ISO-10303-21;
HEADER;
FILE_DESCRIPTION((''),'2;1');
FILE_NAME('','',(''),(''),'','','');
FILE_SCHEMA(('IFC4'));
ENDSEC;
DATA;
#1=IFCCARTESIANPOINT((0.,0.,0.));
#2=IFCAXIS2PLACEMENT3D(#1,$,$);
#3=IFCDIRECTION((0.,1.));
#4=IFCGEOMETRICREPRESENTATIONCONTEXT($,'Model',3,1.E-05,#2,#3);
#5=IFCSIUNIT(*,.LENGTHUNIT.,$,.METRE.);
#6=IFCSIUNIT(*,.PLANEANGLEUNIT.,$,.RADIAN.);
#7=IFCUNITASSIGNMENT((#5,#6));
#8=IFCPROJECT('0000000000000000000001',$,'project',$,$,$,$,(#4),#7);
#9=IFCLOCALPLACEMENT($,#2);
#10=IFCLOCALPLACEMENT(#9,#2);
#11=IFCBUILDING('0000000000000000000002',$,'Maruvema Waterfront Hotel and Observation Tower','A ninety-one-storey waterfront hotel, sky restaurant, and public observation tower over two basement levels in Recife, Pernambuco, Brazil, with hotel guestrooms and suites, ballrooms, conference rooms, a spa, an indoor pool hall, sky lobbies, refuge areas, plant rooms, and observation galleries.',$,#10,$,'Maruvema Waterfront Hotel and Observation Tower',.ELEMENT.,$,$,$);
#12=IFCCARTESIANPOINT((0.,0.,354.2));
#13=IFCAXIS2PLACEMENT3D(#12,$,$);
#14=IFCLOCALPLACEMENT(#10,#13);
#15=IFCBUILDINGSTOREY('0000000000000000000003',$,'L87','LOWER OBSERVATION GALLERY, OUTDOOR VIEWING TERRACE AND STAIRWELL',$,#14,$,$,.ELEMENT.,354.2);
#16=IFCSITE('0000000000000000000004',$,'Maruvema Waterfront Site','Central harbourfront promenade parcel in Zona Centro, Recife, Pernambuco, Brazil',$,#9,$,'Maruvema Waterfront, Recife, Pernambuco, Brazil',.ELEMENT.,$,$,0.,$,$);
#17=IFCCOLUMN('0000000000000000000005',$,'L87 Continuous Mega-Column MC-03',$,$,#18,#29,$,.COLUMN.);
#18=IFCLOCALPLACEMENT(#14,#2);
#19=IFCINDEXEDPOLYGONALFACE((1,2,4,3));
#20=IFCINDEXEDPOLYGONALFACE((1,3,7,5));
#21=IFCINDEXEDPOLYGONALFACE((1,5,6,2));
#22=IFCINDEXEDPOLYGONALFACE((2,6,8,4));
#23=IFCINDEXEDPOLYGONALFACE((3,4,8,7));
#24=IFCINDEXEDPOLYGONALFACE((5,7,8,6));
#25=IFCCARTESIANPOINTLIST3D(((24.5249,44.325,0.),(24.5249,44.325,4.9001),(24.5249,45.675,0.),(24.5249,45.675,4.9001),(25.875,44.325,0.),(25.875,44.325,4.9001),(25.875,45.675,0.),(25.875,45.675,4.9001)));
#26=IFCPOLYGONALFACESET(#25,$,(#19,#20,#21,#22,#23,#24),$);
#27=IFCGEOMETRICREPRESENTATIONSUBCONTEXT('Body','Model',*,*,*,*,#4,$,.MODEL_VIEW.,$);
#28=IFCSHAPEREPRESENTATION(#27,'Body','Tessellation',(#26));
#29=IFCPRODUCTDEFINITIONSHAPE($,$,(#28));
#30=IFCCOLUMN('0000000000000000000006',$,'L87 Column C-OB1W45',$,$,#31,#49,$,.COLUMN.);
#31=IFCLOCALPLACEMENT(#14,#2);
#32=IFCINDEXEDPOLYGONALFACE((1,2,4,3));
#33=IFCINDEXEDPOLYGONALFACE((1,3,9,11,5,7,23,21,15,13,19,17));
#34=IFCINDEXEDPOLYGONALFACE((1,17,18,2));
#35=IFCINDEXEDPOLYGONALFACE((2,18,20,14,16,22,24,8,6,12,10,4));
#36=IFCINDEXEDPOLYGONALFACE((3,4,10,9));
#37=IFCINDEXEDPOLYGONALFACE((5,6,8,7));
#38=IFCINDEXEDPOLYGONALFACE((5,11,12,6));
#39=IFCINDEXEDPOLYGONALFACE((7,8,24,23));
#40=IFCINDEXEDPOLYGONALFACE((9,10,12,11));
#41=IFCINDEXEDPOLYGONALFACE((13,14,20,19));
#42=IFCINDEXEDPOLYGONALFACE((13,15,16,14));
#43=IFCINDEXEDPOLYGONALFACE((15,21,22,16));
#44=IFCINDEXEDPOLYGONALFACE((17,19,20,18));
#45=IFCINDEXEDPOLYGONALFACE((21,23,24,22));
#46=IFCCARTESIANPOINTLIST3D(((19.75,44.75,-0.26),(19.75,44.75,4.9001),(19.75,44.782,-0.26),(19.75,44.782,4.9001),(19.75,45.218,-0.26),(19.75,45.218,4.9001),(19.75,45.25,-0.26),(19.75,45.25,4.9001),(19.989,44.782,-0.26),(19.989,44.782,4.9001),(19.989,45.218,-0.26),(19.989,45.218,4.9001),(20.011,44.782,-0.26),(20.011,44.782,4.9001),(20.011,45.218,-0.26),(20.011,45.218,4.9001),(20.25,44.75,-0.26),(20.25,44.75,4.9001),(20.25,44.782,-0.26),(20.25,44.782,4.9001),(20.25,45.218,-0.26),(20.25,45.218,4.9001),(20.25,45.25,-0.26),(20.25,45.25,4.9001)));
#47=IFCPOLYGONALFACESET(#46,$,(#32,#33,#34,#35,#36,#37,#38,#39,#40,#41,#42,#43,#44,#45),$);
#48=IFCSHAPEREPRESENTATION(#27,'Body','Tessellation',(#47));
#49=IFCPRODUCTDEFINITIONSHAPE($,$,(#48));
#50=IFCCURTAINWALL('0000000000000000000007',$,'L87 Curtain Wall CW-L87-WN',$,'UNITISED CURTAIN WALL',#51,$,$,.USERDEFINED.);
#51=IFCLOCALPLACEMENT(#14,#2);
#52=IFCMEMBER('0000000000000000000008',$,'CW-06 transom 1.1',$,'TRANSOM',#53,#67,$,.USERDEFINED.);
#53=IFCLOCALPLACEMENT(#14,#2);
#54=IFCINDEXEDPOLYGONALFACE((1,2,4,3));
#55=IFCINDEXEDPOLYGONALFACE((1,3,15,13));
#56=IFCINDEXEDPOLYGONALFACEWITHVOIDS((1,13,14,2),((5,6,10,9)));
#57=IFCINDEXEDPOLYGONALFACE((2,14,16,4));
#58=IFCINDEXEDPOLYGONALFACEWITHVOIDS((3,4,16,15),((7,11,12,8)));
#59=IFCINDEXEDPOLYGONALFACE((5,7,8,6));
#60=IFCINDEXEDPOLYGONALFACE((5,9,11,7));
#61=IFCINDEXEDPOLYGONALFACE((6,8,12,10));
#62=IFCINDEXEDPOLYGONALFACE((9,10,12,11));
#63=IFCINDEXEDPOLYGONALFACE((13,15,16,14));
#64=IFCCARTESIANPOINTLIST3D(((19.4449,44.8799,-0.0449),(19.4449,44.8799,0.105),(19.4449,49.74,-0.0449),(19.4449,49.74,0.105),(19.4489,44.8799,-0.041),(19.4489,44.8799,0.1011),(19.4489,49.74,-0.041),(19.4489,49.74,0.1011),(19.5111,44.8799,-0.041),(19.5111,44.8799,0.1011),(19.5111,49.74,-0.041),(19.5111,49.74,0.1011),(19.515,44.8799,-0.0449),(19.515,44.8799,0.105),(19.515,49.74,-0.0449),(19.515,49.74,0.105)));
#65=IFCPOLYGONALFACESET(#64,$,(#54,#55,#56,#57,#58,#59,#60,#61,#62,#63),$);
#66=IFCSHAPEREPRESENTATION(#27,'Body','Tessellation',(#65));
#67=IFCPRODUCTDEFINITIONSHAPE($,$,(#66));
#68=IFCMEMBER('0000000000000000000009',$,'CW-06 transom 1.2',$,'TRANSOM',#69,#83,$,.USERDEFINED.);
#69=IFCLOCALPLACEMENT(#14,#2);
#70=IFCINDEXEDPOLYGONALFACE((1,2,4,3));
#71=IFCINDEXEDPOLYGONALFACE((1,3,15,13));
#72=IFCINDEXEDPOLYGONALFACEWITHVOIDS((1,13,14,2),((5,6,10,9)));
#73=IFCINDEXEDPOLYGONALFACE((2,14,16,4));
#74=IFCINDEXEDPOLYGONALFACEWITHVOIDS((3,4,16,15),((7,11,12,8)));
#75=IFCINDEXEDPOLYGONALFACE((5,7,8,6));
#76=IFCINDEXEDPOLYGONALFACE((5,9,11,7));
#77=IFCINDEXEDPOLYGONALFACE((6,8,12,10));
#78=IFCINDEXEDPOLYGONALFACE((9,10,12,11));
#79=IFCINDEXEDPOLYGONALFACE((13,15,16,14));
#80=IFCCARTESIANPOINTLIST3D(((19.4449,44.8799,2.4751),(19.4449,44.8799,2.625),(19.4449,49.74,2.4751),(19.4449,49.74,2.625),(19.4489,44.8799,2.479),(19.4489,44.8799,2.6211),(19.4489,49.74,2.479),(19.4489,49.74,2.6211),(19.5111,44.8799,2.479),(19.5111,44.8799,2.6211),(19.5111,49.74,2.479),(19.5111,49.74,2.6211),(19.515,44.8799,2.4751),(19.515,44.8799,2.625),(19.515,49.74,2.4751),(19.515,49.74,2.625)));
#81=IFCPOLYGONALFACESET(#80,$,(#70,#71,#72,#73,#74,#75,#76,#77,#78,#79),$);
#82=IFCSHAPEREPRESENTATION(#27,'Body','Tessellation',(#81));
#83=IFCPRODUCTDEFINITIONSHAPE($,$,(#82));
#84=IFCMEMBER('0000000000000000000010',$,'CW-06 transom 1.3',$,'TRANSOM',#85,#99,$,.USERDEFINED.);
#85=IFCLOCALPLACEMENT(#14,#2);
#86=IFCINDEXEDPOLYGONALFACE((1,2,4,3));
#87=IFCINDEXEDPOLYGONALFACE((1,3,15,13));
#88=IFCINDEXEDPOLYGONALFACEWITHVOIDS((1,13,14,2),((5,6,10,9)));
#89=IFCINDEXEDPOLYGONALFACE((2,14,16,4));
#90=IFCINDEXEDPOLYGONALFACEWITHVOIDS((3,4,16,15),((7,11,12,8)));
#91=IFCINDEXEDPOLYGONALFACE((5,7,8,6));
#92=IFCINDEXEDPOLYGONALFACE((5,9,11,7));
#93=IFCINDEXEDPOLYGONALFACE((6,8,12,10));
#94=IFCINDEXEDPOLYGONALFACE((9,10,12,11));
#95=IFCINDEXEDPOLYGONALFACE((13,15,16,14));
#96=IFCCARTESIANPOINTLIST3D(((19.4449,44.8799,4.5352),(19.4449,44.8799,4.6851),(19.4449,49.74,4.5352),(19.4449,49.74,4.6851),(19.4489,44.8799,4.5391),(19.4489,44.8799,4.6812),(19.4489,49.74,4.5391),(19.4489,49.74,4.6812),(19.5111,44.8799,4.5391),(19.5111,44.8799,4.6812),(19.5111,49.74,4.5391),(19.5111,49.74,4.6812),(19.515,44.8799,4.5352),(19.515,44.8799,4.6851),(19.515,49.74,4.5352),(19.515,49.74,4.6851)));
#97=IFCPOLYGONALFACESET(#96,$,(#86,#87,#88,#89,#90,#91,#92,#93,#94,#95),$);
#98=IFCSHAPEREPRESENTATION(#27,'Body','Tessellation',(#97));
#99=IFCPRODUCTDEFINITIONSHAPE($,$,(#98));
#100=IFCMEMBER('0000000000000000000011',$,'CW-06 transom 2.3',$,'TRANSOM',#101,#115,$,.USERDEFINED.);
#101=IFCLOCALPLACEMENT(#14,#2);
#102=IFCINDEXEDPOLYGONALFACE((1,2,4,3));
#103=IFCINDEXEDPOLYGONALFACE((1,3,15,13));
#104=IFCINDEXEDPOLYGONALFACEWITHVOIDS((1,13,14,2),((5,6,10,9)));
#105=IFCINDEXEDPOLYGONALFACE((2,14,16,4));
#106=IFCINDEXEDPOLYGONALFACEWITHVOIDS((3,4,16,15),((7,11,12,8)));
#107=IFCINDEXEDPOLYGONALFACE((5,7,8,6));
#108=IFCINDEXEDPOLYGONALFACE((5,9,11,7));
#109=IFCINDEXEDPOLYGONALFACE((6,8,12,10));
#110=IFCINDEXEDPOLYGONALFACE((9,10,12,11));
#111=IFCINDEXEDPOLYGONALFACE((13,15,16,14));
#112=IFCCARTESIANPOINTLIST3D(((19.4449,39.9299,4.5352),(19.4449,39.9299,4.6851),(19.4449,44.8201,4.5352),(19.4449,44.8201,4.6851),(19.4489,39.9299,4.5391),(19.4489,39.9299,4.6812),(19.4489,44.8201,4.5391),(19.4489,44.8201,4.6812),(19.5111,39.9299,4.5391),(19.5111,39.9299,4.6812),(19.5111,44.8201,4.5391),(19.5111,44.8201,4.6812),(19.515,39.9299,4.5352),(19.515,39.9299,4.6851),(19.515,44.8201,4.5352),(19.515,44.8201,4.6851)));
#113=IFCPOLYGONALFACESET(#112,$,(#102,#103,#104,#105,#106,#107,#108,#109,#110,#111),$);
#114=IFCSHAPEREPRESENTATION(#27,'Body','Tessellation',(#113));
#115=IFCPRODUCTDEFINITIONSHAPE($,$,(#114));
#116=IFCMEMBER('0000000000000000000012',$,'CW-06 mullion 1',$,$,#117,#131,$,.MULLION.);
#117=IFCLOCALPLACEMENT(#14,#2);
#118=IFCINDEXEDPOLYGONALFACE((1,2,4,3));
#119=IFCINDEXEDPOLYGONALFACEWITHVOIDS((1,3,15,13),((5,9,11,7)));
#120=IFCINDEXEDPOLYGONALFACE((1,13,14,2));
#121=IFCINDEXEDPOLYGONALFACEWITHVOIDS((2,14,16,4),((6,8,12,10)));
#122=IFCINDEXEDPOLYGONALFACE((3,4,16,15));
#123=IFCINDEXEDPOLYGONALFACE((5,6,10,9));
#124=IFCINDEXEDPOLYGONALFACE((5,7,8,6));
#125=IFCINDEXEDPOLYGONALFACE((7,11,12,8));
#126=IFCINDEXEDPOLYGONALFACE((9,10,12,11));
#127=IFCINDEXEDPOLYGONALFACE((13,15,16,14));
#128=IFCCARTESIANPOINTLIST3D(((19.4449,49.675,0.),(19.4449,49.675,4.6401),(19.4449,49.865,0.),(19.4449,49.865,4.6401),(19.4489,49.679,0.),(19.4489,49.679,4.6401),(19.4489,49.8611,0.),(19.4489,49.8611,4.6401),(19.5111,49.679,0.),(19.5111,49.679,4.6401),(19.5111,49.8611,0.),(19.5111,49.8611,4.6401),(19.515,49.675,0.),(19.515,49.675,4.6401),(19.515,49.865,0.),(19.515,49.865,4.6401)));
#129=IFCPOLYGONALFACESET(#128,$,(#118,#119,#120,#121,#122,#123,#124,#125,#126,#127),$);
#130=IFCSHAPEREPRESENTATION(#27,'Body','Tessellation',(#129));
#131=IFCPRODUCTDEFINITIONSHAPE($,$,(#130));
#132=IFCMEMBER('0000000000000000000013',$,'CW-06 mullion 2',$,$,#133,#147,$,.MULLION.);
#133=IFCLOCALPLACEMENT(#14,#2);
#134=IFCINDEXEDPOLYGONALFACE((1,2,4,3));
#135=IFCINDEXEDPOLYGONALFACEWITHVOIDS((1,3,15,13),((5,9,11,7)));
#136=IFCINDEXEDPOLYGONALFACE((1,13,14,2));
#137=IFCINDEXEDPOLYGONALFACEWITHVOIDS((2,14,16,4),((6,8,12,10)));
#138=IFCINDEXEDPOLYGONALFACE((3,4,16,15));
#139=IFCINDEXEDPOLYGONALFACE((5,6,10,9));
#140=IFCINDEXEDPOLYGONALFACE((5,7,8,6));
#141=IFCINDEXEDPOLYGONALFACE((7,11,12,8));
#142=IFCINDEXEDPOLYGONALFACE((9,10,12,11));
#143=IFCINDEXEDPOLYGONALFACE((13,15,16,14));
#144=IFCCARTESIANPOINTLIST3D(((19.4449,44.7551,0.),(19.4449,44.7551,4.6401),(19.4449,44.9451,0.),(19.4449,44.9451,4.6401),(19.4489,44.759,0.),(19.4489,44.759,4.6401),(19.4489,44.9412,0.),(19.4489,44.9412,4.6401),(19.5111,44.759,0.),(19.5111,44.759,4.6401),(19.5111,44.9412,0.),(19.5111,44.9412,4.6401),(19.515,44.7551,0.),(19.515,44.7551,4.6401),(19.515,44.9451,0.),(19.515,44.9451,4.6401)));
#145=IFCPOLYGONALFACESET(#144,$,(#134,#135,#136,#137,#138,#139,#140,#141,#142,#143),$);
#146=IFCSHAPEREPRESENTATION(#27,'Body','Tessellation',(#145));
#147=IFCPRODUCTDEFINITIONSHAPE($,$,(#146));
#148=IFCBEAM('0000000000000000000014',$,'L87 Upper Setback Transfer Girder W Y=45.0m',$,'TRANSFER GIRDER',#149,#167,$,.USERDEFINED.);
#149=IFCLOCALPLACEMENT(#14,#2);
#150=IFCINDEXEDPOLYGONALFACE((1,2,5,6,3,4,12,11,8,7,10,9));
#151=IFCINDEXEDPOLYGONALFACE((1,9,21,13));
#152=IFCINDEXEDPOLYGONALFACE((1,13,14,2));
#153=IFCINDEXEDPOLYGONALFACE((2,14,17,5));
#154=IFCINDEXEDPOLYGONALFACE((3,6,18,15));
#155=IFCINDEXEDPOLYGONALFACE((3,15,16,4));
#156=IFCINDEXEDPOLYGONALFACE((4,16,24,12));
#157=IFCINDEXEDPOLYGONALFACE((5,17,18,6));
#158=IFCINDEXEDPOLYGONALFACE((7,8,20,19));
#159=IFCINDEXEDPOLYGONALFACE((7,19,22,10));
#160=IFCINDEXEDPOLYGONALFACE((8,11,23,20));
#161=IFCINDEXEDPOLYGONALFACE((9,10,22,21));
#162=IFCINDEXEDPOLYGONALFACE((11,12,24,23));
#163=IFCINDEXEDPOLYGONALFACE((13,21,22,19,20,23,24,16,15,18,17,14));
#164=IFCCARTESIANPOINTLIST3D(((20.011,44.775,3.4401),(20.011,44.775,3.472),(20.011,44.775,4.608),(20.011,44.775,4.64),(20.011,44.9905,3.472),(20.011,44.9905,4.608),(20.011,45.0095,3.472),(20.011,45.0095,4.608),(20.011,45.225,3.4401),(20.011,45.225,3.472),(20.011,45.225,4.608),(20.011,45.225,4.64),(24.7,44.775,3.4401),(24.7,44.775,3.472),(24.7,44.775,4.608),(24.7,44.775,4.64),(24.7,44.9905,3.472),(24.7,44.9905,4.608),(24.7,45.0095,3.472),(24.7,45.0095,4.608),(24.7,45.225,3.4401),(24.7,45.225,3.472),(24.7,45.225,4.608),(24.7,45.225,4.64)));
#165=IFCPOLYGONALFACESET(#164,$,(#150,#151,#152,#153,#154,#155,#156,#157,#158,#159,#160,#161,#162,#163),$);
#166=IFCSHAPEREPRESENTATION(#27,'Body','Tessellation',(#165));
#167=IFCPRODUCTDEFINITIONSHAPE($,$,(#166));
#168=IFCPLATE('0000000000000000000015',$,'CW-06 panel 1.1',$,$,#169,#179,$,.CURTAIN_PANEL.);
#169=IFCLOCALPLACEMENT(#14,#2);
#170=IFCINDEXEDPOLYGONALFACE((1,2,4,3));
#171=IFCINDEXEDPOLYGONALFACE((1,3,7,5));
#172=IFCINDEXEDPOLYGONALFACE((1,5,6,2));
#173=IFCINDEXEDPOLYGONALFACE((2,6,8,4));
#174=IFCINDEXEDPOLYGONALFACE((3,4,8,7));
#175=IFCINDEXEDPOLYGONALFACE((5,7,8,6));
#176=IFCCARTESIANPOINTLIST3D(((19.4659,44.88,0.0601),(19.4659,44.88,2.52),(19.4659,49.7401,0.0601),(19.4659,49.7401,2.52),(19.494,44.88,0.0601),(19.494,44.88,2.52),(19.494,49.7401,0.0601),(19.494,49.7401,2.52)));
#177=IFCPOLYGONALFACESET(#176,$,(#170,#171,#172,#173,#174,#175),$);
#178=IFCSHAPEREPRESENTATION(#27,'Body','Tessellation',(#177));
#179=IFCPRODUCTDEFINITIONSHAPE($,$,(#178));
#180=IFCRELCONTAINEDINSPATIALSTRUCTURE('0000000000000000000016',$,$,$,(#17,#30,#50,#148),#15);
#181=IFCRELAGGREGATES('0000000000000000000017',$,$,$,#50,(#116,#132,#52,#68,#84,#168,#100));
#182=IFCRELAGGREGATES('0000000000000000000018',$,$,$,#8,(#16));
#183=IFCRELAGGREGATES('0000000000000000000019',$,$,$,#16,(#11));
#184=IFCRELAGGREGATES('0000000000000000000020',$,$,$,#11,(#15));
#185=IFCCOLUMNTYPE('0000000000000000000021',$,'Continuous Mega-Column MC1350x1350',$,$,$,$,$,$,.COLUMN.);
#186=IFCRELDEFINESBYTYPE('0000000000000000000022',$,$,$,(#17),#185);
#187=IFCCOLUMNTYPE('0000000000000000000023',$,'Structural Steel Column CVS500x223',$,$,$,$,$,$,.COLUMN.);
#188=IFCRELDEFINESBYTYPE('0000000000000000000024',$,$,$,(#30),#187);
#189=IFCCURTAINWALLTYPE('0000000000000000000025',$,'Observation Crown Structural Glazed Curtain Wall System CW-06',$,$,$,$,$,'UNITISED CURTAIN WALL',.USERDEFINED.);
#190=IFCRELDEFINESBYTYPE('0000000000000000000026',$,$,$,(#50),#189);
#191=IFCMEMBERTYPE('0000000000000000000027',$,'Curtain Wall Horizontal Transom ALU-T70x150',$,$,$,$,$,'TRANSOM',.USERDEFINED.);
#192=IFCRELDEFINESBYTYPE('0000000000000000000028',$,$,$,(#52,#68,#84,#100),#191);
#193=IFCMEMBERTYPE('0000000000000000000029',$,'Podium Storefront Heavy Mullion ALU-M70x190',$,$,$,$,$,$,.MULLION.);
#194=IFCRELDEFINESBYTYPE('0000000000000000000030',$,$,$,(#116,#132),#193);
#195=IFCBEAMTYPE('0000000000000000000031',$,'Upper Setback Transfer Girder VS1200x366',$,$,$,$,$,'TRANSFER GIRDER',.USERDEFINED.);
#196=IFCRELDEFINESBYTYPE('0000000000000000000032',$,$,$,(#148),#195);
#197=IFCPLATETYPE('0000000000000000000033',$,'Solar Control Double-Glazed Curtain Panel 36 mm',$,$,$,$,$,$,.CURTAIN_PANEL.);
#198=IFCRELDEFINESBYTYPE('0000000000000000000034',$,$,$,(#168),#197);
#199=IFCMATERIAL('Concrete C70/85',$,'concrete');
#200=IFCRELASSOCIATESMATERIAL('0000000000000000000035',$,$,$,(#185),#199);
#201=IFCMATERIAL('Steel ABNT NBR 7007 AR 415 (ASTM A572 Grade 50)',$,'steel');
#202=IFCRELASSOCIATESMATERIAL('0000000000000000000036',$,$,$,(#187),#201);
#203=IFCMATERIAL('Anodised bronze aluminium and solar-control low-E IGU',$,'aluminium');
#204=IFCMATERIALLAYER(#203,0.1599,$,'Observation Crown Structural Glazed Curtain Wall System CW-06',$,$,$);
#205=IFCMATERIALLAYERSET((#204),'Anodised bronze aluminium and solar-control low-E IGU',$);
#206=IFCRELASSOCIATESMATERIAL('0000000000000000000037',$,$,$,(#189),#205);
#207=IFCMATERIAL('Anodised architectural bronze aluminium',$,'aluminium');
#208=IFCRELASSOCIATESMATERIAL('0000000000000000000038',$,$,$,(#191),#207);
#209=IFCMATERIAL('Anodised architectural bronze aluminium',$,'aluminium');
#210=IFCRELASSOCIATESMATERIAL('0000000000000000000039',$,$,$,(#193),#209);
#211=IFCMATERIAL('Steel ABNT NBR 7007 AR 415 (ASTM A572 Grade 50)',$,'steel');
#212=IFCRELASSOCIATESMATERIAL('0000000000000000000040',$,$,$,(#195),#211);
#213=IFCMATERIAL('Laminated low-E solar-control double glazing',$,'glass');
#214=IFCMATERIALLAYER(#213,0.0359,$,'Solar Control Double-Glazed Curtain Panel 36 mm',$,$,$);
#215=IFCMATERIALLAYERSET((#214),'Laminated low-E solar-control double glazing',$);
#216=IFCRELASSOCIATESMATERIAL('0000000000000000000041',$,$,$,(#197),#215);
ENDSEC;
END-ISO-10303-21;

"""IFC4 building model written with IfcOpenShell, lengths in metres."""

from ifc_helpers import new_model, si_unit, direction, frame, origin, origin_2d, place, context, subcontext, project, spatial, rectangle, hollow_rectangle, i_section, extrude, material, layer, layer_set, material_profile, profile_set, type_object, element, aggregate, save


model = new_model("IFC4")

# Units and contexts
model_context = context("Model", 3, precision=1e-05, world=origin(), true_north=direction((0.0, 1.0)))
body_context = subcontext(model_context, "Body", "Model", "MODEL_VIEW")
ifc_project = project(units=[si_unit("LENGTHUNIT", "METRE"), si_unit("PLANEANGLEUNIT", "RADIAN")], contexts=[model_context])

# Site, building, storey
site_placement = place(None, origin())
site = spatial("IfcSite", under=ifc_project, at=site_placement, Name="Maruvema Waterfront Site", Description="Central harbourfront promenade parcel in Zona Centro, Recife, Pernambuco, Brazil", LongName="Maruvema Waterfront, Recife, Pernambuco, Brazil", CompositionType="ELEMENT", RefElevation=0.0)
building_placement = place(site_placement, origin())
building = spatial("IfcBuilding", under=site, at=building_placement, Name="Maruvema Waterfront Hotel and Observation Tower", Description="A ninety-one-storey waterfront hotel, sky restaurant, and public observation tower over two basement levels in Recife, Pernambuco, Brazil, with hotel guestrooms and suites, ballrooms, conference rooms, a spa, an indoor pool hall, sky lobbies, refuge areas, plant rooms, and observation galleries.", LongName="Maruvema Waterfront Hotel and Observation Tower", CompositionType="ELEMENT")
storey_placement = place(building_placement, frame((0.0, 0.0, 354.2)))
storey = spatial("IfcBuildingStorey", under=building, at=storey_placement, Name="L87", Description="LOWER OBSERVATION GALLERY, OUTDOOR VIEWING TERRACE AND STAIRWELL", CompositionType="ELEMENT", Elevation=354.2)

# Columns
ifc_material_1 = material(Name="Concrete C70/85", Category="concrete")
ifc_material_profile_1 = material_profile(ifc_material_1, rectangle(XDim=1.3501, YDim=1.3501, at=origin_2d()), Name="MC1350x1350")
ifc_profile_set_1 = profile_set([ifc_material_profile_1], Name="Concrete C70/85")
column_type_1 = type_object("IfcColumnType", Name="Continuous Mega-Column MC1350x1350", PredefinedType="COLUMN", material=ifc_profile_set_1)
column_1_placement = place(storey_placement, frame((25.2, 45.0, 0.0), z_axis=(0.0, 0.0, 1.0), x_axis=(1.0, 0.0, 0.0)))
element("IfcColumn", 1, at=column_1_placement, inside=storey, type_object=column_type_1, Name="L87 Continuous Mega-Column MC-03", PredefinedType="COLUMN", context=body_context, shape_type="SweptSolid", body=[
    extrude(rectangle(XDim=1.3501, YDim=1.3501, at=origin_2d()), origin(), (0.0, 0.0, 1.0), 4.9001),
])
ifc_material_2 = material(Name="Steel ABNT NBR 7007 AR 415 (ASTM A572 Grade 50)", Category="steel")
ifc_material_profile_2 = material_profile(ifc_material_2, i_section(OverallWidth=0.5, OverallDepth=0.5, WebThickness=0.022, FlangeThickness=0.032, at=origin_2d()), Name="CVS500x223")
ifc_profile_set_2 = profile_set([ifc_material_profile_2], Name="Steel ABNT NBR 7007 AR 415 (ASTM A572 Grade 50)")
column_type_2 = type_object("IfcColumnType", Name="Structural Steel Column CVS500x223", PredefinedType="COLUMN", material=ifc_profile_set_2)
column_2_placement = place(storey_placement, frame((20.0, 45.0, -0.26), z_axis=(0.0, 0.0, 1.0), x_axis=(1.0, 0.0, 0.0)))
element("IfcColumn", 2, at=column_2_placement, inside=storey, type_object=column_type_2, Name="L87 Column C-OB1W45", PredefinedType="COLUMN", context=body_context, shape_type="SweptSolid", body=[
    extrude(i_section(OverallWidth=0.5, OverallDepth=0.5, WebThickness=0.022, FlangeThickness=0.032, at=origin_2d()), origin(), (0.0, 0.0, 1.0), 5.1602),
])

# Curtain wall, members
ifc_material_3 = material(Name="Anodised bronze aluminium and solar-control low-E IGU", Category="aluminium")
ifc_layer_1 = layer(ifc_material_3, 0.1599, Name="Observation Crown Structural Glazed Curtain Wall System CW-06")
ifc_layer_set_1 = layer_set([ifc_layer_1], Name="Anodised bronze aluminium and solar-control low-E IGU")
curtain_wall_type = type_object("IfcCurtainWallType", Name="Observation Crown Structural Glazed Curtain Wall System CW-06", ElementType="UNITISED CURTAIN WALL", PredefinedType="USERDEFINED", material=ifc_layer_set_1)
curtain_wall_placement = place(storey_placement, origin())
curtain_wall = element("IfcCurtainWall", 3, at=curtain_wall_placement, inside=storey, type_object=curtain_wall_type, Name="L87 Curtain Wall CW-L87-WN", ObjectType="UNITISED CURTAIN WALL", PredefinedType="USERDEFINED")
ifc_material_4 = material(Name="Anodised architectural bronze aluminium", Category="aluminium")
ifc_material_profile_3 = material_profile(ifc_material_4, hollow_rectangle(XDim=0.0701, YDim=0.1499, WallThickness=0.0039, at=origin_2d()), Name="ALU-T70x150")
ifc_profile_set_3 = profile_set([ifc_material_profile_3], Name="Anodised architectural bronze aluminium")
member_type_1 = type_object("IfcMemberType", Name="Curtain Wall Horizontal Transom ALU-T70x150", ElementType="TRANSOM", PredefinedType="USERDEFINED", material=ifc_profile_set_3)
member_1_placement = place(storey_placement, frame((19.48, 49.74, 0.03), z_axis=(0.0, -1.0, 0.0), x_axis=(1.0, 0.0, 0.0)))
member_1 = element("IfcMember", 4, at=member_1_placement, type_object=member_type_1, Name="CW-06 transom 1.1", ObjectType="TRANSOM", PredefinedType="USERDEFINED", context=body_context, shape_type="SweptSolid", body=[
    extrude(hollow_rectangle(XDim=0.0701, YDim=0.1499, WallThickness=0.0039, at=origin_2d()), origin(), (0.0, 0.0, 1.0), 4.8601),
])
member_2_placement = place(storey_placement, frame((19.48, 49.74, 2.55), z_axis=(0.0, -1.0, 0.0), x_axis=(1.0, 0.0, 0.0)))
member_2 = element("IfcMember", 5, at=member_2_placement, type_object=member_type_1, Name="CW-06 transom 1.2", ObjectType="TRANSOM", PredefinedType="USERDEFINED", context=body_context, shape_type="SweptSolid", body=[
    extrude(hollow_rectangle(XDim=0.0701, YDim=0.1499, WallThickness=0.0039, at=origin_2d()), origin(), (0.0, 0.0, 1.0), 4.8601),
])
member_3_placement = place(storey_placement, frame((19.48, 49.74, 4.6101), z_axis=(0.0, -1.0, 0.0), x_axis=(1.0, 0.0, 0.0)))
member_3 = element("IfcMember", 6, at=member_3_placement, type_object=member_type_1, Name="CW-06 transom 1.3", ObjectType="TRANSOM", PredefinedType="USERDEFINED", context=body_context, shape_type="SweptSolid", body=[
    extrude(hollow_rectangle(XDim=0.0701, YDim=0.1499, WallThickness=0.0039, at=origin_2d()), origin(), (0.0, 0.0, 1.0), 4.8601),
])
member_4_placement = place(storey_placement, frame((19.48, 44.8201, 4.6101), z_axis=(0.0, -1.0, 0.0), x_axis=(1.0, 0.0, 0.0)))
member_4 = element("IfcMember", 7, at=member_4_placement, type_object=member_type_1, Name="CW-06 transom 2.3", ObjectType="TRANSOM", PredefinedType="USERDEFINED", context=body_context, shape_type="SweptSolid", body=[
    extrude(hollow_rectangle(XDim=0.0701, YDim=0.1499, WallThickness=0.0039, at=origin_2d()), origin(), (0.0, 0.0, 1.0), 4.8901),
])
ifc_material_5 = material(Name="Anodised architectural bronze aluminium", Category="aluminium")
ifc_material_profile_4 = material_profile(ifc_material_5, hollow_rectangle(XDim=0.0701, YDim=0.1899, WallThickness=0.0039, at=origin_2d()), Name="ALU-M70x190")
ifc_profile_set_4 = profile_set([ifc_material_profile_4], Name="Anodised architectural bronze aluminium")
member_type_2 = type_object("IfcMemberType", Name="Podium Storefront Heavy Mullion ALU-M70x190", PredefinedType="MULLION", material=ifc_profile_set_4)
member_5_placement = place(storey_placement, frame((19.48, 49.77, 0.0), z_axis=(0.0, 0.0, 1.0), x_axis=(1.0, 0.0, 0.0)))
member_5 = element("IfcMember", 8, at=member_5_placement, type_object=member_type_2, Name="CW-06 mullion 1", PredefinedType="MULLION", context=body_context, shape_type="SweptSolid", body=[
    extrude(hollow_rectangle(XDim=0.0701, YDim=0.1899, WallThickness=0.0039, at=origin_2d()), origin(), (0.0, 0.0, 1.0), 4.6401),
])
member_6_placement = place(storey_placement, frame((19.48, 44.8501, 0.0), z_axis=(0.0, 0.0, 1.0), x_axis=(1.0, 0.0, 0.0)))
member_6 = element("IfcMember", 9, at=member_6_placement, type_object=member_type_2, Name="CW-06 mullion 2", PredefinedType="MULLION", context=body_context, shape_type="SweptSolid", body=[
    extrude(hollow_rectangle(XDim=0.0701, YDim=0.1899, WallThickness=0.0039, at=origin_2d()), origin(), (0.0, 0.0, 1.0), 4.6401),
])

# Beam
ifc_material_6 = material(Name="Steel ABNT NBR 7007 AR 415 (ASTM A572 Grade 50)", Category="steel")
ifc_material_profile_5 = material_profile(ifc_material_6, i_section(OverallWidth=0.45, OverallDepth=1.2, WebThickness=0.019, FlangeThickness=0.032, at=origin_2d()), Name="VS1200x366")
ifc_profile_set_5 = profile_set([ifc_material_profile_5], Name="Steel ABNT NBR 7007 AR 415 (ASTM A572 Grade 50)")
beam_type = type_object("IfcBeamType", Name="Upper Setback Transfer Girder VS1200x366", ElementType="TRANSFER GIRDER", PredefinedType="USERDEFINED", material=ifc_profile_set_5)
beam_placement = place(storey_placement, frame((20.011, 45.0, 4.04), z_axis=(1.0, 0.0, 0.0), x_axis=(0.0, 1.0, 0.0)))
element("IfcBeam", 10, at=beam_placement, inside=storey, type_object=beam_type, Name="L87 Upper Setback Transfer Girder W Y=45.0m", ObjectType="TRANSFER GIRDER", PredefinedType="USERDEFINED", context=body_context, shape_type="SweptSolid", body=[
    extrude(i_section(OverallWidth=0.45, OverallDepth=1.2, WebThickness=0.019, FlangeThickness=0.032, at=origin_2d()), origin(), (0.0, 0.0, 1.0), 4.689),
])

# Plate
ifc_material_7 = material(Name="Laminated low-E solar-control double glazing", Category="glass")
ifc_layer_2 = layer(ifc_material_7, 0.0359, Name="Solar Control Double-Glazed Curtain Panel 36 mm")
ifc_layer_set_2 = layer_set([ifc_layer_2], Name="Laminated low-E solar-control double glazing")
plate_type = type_object("IfcPlateType", Name="Solar Control Double-Glazed Curtain Panel 36 mm", PredefinedType="CURTAIN_PANEL", material=ifc_layer_set_2)
plate_1_placement = place(storey_placement, frame((19.48, 47.3101, 0.0601), z_axis=(0.0, 0.0, 1.0), x_axis=(0.0, -1.0, 0.0)))
plate_1 = element("IfcPlate", 11, at=plate_1_placement, type_object=plate_type, Name="CW-06 panel 1.1", PredefinedType="CURTAIN_PANEL", context=body_context, shape_type="SweptSolid", body=[
    extrude(rectangle(XDim=4.8601, YDim=0.0281, at=origin_2d()), origin(), (0.0, 0.0, 1.0), 2.46),
])
aggregate(curtain_wall, [member_5, member_6, member_1, member_2, member_3, plate_1, member_4])

save(model, "model.ifc")
